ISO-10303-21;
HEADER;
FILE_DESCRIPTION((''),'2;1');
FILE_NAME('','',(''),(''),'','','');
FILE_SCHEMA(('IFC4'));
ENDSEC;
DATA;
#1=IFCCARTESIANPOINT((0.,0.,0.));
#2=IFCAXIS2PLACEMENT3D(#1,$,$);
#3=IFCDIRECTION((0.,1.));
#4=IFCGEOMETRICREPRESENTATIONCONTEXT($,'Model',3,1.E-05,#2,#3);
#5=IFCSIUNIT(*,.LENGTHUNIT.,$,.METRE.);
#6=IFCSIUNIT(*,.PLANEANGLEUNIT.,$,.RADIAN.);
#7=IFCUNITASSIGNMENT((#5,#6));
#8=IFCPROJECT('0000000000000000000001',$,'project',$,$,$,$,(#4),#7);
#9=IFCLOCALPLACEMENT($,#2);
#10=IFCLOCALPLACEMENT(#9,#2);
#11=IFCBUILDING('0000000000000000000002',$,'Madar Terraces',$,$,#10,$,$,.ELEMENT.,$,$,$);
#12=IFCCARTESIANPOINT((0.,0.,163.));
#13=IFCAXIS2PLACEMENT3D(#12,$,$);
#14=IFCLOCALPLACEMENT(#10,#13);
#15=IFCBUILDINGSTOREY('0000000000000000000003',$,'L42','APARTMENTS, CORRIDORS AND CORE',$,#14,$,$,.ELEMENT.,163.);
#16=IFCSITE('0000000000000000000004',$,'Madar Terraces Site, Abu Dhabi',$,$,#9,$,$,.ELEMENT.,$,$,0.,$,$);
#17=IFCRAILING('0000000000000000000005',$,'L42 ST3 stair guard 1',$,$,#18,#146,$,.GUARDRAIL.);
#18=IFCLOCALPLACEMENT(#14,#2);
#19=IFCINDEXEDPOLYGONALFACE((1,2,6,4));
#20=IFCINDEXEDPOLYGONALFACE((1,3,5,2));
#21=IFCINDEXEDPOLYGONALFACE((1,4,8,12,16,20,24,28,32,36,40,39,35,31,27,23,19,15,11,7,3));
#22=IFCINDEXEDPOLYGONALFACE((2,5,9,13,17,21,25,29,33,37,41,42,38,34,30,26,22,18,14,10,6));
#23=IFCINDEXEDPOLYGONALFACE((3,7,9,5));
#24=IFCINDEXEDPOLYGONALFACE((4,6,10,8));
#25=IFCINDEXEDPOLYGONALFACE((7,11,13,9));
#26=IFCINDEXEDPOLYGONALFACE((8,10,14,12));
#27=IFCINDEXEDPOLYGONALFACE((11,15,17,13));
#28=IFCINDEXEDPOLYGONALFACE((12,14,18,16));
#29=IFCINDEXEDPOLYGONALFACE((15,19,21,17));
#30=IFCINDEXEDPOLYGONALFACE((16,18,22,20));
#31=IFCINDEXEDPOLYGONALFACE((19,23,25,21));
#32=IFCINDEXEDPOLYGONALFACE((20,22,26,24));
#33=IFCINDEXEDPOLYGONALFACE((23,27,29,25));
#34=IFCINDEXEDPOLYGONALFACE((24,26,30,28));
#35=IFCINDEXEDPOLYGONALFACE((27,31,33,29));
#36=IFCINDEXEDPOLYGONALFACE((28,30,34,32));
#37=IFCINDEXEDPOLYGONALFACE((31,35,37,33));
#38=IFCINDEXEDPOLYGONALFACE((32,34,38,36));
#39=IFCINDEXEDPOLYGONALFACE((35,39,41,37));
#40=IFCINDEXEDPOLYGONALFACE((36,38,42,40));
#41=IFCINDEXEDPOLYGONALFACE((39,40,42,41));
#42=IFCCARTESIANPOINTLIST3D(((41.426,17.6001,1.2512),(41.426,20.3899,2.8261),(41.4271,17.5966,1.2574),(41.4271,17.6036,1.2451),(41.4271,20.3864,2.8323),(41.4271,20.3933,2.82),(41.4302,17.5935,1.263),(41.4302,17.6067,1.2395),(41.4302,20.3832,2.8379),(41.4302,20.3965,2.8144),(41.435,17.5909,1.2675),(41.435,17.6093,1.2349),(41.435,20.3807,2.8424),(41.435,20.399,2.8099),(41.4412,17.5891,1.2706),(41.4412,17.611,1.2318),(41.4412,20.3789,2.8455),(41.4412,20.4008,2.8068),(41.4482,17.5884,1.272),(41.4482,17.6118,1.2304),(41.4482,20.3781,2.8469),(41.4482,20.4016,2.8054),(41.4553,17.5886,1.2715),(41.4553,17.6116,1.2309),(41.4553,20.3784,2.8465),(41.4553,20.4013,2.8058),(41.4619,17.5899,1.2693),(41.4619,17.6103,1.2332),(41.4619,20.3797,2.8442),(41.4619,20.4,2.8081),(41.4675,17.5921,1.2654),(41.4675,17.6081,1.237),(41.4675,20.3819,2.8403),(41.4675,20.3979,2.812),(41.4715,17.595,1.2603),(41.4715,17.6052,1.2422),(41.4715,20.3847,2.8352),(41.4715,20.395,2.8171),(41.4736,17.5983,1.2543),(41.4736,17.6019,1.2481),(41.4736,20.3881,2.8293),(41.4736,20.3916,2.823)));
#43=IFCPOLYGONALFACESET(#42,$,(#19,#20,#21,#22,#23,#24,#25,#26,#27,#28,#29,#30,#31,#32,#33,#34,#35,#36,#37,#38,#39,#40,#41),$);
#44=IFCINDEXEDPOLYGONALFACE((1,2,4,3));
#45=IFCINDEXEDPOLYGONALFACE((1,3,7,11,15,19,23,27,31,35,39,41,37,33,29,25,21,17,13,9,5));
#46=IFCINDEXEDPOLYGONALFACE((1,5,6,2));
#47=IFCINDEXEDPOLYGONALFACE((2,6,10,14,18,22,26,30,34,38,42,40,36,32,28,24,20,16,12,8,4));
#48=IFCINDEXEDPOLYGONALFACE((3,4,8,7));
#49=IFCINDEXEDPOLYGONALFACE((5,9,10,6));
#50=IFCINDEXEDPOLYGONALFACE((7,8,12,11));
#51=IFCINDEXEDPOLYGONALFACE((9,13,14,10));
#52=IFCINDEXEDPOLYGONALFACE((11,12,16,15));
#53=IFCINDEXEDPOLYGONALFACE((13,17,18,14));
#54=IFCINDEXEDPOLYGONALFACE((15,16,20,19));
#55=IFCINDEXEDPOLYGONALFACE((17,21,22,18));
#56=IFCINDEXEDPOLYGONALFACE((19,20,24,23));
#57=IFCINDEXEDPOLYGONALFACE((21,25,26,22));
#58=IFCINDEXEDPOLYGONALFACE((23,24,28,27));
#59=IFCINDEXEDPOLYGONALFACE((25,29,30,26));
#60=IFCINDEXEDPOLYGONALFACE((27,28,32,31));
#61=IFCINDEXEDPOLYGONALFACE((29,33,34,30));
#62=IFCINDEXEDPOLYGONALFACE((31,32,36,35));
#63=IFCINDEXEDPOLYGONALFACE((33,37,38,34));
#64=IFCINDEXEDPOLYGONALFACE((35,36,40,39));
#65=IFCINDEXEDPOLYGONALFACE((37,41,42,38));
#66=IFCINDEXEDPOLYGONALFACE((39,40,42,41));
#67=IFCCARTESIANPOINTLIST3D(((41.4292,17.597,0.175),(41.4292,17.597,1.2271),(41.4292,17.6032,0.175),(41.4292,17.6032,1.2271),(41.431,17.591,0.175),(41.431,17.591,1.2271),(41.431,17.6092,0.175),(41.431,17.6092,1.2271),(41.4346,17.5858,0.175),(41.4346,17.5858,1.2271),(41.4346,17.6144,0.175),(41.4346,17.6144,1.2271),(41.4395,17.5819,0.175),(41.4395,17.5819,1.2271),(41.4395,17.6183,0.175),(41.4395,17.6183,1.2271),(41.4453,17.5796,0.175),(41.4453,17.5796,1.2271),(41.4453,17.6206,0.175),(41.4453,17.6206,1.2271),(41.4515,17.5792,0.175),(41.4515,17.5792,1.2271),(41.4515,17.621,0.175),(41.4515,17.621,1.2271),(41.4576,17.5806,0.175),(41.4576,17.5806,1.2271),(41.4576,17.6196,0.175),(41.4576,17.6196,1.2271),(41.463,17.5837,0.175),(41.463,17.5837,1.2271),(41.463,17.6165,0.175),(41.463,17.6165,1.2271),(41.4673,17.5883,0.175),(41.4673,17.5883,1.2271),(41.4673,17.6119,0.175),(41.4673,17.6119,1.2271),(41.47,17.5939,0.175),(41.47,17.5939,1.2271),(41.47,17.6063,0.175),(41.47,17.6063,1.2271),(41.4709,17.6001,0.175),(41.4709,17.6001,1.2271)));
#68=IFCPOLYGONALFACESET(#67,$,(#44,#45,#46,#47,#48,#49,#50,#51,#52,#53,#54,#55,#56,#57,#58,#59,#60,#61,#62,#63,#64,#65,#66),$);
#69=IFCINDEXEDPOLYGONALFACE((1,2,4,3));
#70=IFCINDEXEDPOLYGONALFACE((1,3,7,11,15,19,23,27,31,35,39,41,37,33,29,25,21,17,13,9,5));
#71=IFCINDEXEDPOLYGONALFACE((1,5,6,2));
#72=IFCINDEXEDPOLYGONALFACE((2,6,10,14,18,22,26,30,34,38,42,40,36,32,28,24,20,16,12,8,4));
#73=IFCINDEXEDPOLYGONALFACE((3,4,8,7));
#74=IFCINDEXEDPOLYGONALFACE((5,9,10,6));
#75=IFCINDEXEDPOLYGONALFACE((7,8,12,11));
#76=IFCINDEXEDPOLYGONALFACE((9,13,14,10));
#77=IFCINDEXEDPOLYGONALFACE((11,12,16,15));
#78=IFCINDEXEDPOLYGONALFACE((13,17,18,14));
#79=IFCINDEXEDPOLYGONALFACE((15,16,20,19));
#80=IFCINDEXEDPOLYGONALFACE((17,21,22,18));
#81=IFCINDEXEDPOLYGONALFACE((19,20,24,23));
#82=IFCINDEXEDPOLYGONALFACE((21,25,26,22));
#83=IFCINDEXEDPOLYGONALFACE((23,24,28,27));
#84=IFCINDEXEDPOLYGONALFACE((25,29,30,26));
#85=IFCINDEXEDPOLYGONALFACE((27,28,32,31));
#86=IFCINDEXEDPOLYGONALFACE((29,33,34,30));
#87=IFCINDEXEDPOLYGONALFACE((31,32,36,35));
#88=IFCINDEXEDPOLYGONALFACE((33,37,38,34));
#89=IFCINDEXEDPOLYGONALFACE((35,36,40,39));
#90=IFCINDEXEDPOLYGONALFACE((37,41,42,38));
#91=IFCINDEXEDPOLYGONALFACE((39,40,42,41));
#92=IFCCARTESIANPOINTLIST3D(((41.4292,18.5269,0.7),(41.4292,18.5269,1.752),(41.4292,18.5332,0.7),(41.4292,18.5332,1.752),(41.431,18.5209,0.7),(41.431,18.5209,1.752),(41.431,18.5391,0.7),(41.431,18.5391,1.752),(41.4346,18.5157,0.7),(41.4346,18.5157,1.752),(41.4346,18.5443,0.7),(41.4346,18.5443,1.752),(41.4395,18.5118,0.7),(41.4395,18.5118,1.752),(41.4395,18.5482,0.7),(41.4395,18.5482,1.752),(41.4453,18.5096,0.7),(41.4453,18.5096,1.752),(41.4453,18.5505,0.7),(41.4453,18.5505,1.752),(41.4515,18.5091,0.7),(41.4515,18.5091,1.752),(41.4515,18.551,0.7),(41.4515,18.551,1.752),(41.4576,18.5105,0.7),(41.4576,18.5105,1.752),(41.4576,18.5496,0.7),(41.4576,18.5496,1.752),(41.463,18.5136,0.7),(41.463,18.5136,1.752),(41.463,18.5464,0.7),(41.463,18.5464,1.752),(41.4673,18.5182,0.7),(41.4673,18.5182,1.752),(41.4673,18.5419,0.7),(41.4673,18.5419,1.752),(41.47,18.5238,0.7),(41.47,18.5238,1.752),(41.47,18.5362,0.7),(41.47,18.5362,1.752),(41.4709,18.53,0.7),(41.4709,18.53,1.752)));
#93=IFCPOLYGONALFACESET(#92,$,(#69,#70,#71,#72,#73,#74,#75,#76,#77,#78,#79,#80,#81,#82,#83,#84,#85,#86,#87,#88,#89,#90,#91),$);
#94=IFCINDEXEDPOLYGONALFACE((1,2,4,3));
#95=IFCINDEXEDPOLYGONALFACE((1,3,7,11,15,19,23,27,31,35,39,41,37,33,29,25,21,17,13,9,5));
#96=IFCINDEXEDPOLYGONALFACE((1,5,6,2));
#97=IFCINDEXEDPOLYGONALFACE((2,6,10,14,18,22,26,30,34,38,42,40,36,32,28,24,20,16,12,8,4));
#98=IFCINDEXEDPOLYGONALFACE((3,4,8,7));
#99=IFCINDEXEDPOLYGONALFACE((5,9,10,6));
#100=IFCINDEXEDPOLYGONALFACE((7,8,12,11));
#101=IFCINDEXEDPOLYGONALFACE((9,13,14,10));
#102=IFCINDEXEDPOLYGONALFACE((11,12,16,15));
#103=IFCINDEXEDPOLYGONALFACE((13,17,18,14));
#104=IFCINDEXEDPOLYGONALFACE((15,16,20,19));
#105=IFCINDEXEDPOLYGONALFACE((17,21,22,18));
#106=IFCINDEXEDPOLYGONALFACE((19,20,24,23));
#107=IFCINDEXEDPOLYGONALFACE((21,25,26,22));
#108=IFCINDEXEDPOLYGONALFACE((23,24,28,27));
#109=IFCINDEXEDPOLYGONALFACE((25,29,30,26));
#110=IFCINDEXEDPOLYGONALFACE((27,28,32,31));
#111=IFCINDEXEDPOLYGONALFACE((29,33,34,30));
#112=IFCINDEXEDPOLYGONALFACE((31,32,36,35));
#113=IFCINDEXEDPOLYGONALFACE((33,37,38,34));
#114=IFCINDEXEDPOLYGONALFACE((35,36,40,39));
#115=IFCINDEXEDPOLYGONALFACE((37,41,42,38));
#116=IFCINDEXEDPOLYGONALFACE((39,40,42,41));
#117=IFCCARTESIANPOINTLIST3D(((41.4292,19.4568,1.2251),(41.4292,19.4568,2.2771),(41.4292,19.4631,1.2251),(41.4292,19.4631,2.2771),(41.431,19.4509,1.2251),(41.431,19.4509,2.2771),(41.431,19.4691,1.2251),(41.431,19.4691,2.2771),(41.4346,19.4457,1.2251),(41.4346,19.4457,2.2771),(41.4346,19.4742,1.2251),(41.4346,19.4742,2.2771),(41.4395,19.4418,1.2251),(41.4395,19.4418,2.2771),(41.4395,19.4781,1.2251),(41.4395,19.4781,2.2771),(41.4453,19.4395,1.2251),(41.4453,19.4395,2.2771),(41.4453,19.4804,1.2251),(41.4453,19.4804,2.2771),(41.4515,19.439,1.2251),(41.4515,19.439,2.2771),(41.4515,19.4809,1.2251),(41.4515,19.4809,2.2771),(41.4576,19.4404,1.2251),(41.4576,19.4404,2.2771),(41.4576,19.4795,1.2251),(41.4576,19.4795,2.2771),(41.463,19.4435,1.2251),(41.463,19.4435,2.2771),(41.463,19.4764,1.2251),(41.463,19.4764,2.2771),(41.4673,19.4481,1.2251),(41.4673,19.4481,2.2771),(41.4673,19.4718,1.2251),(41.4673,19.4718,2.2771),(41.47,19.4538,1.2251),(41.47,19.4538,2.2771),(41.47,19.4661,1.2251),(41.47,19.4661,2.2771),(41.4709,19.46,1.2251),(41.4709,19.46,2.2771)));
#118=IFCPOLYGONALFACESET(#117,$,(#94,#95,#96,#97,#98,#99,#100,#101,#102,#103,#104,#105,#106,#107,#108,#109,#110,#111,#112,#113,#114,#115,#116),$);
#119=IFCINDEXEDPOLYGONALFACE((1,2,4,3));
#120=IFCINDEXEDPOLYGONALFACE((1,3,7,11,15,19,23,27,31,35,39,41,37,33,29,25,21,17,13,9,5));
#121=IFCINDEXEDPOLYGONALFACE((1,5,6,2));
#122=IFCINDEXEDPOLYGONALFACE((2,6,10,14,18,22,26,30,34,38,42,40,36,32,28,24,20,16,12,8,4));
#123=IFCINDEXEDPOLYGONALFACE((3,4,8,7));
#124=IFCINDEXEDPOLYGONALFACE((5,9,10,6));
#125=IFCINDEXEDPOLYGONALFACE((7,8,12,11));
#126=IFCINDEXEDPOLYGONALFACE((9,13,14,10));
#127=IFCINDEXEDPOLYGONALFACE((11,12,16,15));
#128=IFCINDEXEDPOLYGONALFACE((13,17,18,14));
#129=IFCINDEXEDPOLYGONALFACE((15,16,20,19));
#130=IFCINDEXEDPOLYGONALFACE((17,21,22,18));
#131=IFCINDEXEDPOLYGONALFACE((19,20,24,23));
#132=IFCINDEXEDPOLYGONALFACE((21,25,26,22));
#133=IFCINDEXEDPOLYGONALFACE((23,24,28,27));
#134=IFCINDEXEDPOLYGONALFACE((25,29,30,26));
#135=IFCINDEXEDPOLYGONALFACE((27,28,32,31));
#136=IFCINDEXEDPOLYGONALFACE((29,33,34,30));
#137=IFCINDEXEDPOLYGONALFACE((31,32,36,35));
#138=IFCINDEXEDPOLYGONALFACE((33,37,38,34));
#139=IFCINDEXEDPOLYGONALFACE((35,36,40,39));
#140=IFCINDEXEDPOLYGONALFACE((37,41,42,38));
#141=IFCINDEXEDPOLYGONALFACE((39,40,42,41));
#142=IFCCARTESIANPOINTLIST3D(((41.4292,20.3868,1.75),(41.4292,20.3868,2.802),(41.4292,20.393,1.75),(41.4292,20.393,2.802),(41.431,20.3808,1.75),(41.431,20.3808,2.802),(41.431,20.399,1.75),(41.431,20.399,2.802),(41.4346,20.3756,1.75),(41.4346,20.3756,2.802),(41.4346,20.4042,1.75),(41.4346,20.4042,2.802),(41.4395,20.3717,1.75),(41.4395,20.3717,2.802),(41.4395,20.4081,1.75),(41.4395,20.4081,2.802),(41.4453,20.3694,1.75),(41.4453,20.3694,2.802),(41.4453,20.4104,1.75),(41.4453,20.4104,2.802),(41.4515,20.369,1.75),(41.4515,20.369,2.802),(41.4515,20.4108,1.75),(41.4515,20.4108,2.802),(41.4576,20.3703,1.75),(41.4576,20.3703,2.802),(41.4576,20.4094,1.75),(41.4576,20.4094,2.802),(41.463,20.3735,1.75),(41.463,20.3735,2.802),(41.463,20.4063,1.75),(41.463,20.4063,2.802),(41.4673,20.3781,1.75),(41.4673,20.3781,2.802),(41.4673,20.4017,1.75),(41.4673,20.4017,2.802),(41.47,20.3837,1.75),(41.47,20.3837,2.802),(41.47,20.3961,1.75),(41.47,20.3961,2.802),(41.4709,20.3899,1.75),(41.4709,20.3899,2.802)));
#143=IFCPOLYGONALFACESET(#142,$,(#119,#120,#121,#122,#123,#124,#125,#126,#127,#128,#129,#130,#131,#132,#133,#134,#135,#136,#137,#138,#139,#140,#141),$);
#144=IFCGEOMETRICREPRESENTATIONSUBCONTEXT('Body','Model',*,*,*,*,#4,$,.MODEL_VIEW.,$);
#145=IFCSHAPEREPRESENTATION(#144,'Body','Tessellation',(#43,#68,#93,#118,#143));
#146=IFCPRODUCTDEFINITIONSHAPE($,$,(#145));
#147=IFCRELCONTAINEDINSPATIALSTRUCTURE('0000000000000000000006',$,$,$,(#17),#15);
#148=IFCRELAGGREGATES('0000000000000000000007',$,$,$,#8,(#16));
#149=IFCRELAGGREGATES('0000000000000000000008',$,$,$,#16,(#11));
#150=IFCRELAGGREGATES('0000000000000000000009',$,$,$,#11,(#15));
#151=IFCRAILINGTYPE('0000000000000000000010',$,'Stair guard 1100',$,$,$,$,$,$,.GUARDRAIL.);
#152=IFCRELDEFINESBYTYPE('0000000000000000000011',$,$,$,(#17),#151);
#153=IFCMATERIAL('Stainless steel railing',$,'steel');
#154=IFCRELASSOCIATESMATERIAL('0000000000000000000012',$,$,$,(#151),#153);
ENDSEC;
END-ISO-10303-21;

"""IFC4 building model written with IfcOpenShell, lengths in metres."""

from ifc_helpers import new_model, si_unit, direction, frame, origin, origin_2d, place, context, subcontext, project, spatial, circle, extrude, material, type_object, element, save


model = new_model("IFC4")

# Units and contexts
model_context = context("Model", 3, precision=1e-05, world=origin(), true_north=direction((0.0, 1.0)))
body_context = subcontext(model_context, "Body", "Model", "MODEL_VIEW")
ifc_project = project(units=[si_unit("LENGTHUNIT", "METRE"), si_unit("PLANEANGLEUNIT", "RADIAN")], contexts=[model_context])

# Site, building, storey
site_placement = place(None, origin())
site = spatial("IfcSite", under=ifc_project, at=site_placement, Name="Madar Terraces Site, Abu Dhabi", CompositionType="ELEMENT", RefElevation=0.0)
building_placement = place(site_placement, origin())
building = spatial("IfcBuilding", under=site, at=building_placement, Name="Madar Terraces", CompositionType="ELEMENT")
storey_placement = place(building_placement, frame((0.0, 0.0, 163.0)))
storey = spatial("IfcBuildingStorey", under=building, at=storey_placement, Name="L42", Description="APARTMENTS, CORRIDORS AND CORE", CompositionType="ELEMENT", Elevation=163.0)

# Railing
ifc_material_1 = material(Name="Stainless steel railing", Category="steel")
railing_type_1 = type_object("IfcRailingType", Name="Stair guard 1100", PredefinedType="GUARDRAIL", material=ifc_material_1)
railing_1_placement = place(storey_placement, frame((41.45, 17.6001, 0.175)))
element("IfcRailing", 1, at=railing_1_placement, inside=storey, type_object=railing_type_1, Name="L42 ST3 stair guard 1", PredefinedType="GUARDRAIL", context=body_context, shape_type="SweptSolid", body=[
    extrude(circle(Radius=0.0239, at=origin_2d()), frame((0.0, 0.0, 1.0762), z_axis=(0.0, 0.870815, 0.49161), x_axis=(-1.0, 0.0, 0.0)), (0.0, 0.0, 1.0), 3.2036),
    extrude(circle(Radius=0.021, at=origin_2d()), origin(), (0.0, 0.0, 1.0), 1.052),
    extrude(circle(Radius=0.021, at=origin_2d()), frame((0.0, 0.9299, 0.5249)), (0.0, 0.0, 1.0), 1.052),
    extrude(circle(Radius=0.021, at=origin_2d()), frame((0.0, 1.8599, 1.05)), (0.0, 0.0, 1.0), 1.052),
    extrude(circle(Radius=0.021, at=origin_2d()), frame((0.0, 2.7898, 1.575)), (0.0, 0.0, 1.0), 1.052),
])

save(model, "model.ifc")
